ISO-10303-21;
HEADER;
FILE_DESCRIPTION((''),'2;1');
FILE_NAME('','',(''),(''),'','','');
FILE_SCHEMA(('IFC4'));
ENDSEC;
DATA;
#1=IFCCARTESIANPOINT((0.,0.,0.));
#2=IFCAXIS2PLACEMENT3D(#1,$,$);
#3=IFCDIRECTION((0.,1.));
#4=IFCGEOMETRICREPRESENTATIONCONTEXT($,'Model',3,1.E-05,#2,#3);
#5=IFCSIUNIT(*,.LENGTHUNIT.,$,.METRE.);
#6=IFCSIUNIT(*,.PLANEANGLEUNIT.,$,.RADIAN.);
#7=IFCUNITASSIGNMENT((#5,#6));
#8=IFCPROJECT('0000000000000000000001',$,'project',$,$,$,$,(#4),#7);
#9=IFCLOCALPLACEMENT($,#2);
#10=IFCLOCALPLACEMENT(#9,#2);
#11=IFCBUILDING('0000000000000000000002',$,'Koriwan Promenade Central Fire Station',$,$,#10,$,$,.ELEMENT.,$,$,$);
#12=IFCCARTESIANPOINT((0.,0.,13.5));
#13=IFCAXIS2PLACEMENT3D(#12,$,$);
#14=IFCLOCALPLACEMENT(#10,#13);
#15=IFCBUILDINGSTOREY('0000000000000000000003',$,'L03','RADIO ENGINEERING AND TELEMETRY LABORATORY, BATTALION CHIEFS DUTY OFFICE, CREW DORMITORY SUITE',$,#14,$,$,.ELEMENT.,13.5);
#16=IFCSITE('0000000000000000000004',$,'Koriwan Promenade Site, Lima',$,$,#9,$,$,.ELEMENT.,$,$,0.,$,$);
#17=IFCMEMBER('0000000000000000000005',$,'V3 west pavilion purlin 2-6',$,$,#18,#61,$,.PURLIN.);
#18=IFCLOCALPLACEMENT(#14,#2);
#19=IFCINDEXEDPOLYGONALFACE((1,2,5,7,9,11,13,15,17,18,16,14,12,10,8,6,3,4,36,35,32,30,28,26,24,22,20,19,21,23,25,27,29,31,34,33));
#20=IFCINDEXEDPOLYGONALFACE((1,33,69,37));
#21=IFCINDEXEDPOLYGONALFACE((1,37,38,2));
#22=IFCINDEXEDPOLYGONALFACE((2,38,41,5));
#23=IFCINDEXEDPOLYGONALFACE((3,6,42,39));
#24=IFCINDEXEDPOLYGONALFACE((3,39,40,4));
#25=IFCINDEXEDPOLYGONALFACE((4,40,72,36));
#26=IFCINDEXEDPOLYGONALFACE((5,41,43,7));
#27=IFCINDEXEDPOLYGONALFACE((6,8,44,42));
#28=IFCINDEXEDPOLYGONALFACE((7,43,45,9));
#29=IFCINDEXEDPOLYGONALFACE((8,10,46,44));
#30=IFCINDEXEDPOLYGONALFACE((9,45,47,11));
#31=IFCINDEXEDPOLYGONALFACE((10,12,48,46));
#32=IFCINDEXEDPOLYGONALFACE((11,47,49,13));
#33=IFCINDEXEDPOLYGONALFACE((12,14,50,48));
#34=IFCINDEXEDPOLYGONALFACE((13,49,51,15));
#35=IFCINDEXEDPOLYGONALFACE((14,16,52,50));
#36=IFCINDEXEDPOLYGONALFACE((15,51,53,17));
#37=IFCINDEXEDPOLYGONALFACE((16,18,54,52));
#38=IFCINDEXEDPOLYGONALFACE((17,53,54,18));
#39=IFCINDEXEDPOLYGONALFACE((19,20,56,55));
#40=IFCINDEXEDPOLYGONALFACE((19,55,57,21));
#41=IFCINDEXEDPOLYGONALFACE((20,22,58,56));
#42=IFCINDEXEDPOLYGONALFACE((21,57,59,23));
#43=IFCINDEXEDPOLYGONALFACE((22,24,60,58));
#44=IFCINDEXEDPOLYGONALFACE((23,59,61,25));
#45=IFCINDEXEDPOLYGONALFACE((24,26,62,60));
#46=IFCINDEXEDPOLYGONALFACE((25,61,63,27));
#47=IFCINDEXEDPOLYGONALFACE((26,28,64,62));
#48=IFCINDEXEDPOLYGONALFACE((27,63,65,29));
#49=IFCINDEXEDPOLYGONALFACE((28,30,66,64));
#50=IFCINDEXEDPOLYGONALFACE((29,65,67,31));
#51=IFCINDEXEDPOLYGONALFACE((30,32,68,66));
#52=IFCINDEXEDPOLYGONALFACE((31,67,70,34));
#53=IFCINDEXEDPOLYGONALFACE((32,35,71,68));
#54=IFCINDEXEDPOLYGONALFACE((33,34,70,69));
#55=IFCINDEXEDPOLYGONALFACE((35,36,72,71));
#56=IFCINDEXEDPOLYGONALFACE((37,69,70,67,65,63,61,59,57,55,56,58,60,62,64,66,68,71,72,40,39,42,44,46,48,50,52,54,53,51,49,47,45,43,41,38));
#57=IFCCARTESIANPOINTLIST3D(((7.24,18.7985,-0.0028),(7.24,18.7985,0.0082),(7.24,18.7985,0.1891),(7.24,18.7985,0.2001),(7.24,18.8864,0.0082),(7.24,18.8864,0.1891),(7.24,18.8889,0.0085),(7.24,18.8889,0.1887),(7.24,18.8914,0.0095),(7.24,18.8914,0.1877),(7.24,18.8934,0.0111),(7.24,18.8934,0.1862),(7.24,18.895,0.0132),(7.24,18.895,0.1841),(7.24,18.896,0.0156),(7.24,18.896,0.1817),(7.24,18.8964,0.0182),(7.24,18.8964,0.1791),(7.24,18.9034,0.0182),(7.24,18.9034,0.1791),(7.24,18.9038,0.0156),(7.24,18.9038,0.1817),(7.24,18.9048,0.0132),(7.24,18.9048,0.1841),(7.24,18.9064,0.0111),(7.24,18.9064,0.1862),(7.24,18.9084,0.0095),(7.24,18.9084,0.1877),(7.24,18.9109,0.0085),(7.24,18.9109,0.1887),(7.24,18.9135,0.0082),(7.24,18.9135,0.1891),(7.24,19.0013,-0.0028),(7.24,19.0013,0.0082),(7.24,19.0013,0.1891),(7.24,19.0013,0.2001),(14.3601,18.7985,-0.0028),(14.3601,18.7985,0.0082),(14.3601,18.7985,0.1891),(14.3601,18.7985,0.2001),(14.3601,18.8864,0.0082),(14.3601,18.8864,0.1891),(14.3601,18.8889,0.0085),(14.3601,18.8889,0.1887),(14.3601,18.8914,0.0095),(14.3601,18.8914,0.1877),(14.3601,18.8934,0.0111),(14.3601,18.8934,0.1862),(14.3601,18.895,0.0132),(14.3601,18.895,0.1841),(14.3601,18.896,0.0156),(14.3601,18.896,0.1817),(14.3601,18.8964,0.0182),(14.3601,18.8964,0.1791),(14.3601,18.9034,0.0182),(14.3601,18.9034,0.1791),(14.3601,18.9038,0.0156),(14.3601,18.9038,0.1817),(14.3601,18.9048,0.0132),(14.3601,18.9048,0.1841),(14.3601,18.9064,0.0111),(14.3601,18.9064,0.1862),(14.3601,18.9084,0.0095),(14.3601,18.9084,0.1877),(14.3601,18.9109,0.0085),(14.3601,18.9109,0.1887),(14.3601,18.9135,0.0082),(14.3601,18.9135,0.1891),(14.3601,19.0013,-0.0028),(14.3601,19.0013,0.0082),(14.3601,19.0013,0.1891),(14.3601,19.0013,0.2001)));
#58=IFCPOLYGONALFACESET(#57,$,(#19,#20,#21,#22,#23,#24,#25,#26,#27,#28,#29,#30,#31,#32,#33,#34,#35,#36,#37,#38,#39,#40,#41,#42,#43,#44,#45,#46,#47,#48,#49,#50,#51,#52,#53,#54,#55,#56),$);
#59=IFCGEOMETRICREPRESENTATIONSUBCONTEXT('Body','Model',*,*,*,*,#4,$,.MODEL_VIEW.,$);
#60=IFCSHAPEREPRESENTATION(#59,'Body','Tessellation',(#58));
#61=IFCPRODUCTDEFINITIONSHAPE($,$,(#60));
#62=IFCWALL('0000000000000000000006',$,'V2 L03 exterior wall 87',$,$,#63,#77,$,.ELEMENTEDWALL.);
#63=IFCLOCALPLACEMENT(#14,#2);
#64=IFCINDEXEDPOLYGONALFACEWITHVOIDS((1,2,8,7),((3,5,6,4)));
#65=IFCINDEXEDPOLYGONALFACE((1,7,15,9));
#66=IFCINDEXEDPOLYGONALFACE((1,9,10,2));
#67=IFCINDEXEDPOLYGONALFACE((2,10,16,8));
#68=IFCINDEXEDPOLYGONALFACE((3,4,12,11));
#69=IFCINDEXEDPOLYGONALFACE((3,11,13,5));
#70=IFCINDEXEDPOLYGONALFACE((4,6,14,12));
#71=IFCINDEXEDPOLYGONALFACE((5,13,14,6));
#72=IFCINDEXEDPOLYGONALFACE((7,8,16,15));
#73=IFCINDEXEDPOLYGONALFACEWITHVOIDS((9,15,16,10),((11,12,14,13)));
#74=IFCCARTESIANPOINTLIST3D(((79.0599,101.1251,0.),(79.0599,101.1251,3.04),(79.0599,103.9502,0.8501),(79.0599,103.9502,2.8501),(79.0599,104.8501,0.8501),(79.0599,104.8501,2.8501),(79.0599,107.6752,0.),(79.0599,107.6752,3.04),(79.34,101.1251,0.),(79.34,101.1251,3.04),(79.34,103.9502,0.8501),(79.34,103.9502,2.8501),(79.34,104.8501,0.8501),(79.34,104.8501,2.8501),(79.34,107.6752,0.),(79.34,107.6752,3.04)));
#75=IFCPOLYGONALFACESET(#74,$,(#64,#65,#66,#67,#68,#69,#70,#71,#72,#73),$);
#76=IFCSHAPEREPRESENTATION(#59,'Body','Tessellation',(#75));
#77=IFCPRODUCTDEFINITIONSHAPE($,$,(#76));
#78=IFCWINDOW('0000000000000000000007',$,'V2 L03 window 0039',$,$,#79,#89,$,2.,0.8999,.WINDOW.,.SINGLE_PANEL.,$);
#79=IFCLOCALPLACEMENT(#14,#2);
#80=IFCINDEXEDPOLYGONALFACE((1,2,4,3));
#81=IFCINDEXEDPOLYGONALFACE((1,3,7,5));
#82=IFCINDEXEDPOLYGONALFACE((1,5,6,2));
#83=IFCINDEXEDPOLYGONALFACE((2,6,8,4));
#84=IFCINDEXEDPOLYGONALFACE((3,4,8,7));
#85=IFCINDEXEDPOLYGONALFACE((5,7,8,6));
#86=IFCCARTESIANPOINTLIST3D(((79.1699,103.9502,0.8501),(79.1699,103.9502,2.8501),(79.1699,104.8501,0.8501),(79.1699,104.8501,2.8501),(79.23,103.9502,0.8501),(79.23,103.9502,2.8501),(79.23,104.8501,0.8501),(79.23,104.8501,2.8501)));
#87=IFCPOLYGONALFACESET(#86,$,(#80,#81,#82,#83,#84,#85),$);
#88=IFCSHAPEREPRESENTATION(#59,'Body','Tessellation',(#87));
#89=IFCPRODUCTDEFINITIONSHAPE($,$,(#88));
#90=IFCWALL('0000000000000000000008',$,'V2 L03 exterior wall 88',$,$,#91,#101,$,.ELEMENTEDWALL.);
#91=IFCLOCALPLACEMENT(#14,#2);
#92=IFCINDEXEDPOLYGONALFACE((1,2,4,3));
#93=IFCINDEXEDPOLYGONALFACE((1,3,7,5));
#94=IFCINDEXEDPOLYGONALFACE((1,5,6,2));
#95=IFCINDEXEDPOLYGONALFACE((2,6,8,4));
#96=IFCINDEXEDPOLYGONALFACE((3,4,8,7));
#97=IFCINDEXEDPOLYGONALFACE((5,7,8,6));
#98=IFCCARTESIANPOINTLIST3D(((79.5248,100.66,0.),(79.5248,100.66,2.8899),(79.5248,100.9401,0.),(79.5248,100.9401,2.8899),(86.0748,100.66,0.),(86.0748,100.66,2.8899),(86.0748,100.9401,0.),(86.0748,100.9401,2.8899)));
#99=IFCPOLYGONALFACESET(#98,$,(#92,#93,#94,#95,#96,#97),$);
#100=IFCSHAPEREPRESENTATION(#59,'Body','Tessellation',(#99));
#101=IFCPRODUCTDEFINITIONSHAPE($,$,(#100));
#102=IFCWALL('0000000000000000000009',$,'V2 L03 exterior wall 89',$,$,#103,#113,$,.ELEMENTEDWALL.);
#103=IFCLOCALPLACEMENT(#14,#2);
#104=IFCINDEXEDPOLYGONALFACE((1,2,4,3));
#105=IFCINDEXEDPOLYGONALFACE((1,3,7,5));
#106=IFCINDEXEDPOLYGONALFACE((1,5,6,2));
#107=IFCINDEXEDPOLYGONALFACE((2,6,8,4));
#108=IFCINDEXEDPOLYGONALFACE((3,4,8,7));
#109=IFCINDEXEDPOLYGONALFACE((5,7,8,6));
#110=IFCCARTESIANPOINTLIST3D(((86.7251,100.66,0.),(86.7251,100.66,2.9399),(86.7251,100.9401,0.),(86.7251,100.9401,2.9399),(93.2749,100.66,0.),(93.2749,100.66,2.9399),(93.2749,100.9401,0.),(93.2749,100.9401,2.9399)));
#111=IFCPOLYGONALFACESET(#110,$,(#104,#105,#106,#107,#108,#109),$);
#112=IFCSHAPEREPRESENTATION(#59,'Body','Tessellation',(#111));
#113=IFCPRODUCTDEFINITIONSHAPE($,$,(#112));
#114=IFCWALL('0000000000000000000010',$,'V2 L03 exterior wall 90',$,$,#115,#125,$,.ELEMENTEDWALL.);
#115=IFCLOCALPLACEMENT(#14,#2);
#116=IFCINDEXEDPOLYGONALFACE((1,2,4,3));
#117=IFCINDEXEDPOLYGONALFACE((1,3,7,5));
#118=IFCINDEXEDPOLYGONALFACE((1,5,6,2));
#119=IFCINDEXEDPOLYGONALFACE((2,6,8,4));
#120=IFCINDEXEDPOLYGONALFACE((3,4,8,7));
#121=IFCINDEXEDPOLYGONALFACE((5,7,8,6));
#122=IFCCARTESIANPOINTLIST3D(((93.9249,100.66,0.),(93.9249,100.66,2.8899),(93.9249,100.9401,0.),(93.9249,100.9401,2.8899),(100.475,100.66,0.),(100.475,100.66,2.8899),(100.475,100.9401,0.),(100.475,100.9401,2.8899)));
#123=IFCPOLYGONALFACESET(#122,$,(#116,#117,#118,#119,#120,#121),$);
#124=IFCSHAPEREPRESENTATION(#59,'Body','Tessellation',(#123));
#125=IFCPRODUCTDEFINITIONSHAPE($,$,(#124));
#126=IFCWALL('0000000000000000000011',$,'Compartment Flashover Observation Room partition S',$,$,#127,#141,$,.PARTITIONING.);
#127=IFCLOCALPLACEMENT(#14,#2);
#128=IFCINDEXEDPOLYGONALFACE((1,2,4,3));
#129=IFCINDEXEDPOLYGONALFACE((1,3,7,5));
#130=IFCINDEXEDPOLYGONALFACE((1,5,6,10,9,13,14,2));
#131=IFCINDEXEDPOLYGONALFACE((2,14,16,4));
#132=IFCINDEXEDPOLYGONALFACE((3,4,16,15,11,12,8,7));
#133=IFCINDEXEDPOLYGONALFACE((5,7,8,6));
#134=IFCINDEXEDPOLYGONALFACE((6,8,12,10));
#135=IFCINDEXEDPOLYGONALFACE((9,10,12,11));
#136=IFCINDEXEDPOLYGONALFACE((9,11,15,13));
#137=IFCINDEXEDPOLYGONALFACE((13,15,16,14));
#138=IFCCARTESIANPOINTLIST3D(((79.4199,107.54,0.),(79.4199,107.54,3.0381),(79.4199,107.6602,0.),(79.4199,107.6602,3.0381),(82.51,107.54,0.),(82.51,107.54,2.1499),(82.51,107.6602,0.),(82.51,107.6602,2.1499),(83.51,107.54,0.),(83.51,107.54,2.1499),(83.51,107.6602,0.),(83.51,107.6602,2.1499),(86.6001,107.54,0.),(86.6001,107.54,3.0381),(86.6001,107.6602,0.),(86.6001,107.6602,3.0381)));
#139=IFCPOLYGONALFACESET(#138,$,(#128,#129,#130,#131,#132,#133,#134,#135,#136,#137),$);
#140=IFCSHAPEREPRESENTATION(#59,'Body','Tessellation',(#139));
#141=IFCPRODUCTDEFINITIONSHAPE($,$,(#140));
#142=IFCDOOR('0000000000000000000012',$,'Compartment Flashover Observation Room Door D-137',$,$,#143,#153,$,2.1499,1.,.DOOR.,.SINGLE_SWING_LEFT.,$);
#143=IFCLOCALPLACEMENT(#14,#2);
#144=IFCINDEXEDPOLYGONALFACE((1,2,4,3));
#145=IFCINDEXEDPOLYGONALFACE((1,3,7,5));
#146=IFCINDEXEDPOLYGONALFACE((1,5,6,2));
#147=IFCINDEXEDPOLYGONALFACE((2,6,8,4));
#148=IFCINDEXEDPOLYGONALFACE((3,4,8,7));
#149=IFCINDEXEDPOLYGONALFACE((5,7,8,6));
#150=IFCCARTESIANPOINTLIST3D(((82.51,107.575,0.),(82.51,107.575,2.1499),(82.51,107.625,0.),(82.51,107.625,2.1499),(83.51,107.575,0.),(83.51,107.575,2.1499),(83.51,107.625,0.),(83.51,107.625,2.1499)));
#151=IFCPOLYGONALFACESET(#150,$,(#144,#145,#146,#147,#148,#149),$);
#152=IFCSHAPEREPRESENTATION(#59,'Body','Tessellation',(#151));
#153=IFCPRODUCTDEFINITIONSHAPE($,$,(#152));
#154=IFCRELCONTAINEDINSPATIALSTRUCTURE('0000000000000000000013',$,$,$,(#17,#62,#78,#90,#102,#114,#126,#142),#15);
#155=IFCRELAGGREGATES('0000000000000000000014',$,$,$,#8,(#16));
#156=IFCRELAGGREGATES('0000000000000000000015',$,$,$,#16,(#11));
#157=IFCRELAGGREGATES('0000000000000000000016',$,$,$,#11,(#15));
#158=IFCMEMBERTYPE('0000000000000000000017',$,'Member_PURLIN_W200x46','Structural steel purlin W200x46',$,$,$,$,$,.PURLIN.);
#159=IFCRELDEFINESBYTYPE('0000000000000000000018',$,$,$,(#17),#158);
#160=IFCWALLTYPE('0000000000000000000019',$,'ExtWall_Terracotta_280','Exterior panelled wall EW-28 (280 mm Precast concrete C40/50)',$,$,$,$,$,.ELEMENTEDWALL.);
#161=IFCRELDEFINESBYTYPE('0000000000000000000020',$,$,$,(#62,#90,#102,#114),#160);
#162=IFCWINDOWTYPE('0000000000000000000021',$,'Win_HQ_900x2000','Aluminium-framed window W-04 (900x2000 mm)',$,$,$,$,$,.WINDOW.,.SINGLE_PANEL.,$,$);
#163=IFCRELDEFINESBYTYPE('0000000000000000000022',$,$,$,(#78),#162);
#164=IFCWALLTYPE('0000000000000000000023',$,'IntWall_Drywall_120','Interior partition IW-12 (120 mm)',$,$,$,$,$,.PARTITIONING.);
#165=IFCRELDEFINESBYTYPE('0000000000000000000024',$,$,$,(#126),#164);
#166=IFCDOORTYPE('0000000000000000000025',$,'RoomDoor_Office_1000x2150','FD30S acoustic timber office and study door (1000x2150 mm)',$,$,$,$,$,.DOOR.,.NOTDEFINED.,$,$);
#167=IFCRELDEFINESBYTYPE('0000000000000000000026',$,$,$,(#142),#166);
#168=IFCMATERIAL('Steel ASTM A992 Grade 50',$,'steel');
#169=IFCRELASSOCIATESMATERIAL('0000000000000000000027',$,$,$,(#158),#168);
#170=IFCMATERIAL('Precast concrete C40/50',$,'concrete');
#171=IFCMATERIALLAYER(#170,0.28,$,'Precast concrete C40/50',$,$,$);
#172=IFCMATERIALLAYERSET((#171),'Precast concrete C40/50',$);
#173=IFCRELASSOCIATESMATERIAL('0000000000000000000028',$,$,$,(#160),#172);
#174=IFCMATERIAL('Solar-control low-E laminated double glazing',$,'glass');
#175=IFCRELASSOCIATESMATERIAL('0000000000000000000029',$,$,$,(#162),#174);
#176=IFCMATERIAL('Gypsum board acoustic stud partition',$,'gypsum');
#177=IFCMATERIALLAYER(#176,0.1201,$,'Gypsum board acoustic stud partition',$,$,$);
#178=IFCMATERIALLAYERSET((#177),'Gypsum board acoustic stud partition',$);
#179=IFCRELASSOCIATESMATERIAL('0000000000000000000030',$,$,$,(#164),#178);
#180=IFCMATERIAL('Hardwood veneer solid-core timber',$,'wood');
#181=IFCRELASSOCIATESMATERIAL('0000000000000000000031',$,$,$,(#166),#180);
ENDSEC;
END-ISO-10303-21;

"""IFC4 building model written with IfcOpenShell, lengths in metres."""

from ifc_helpers import new_model, si_unit, direction, frame, frame_2d, origin, origin_2d, place, context, subcontext, project, spatial, rectangle, i_section, extrude, material, layer, layer_set, material_profile, profile_set, type_object, element, fill, save


model = new_model("IFC4")

# Units and contexts
model_context = context("Model", 3, precision=1e-05, world=origin(), true_north=direction((0.0, 1.0)))
body_context = subcontext(model_context, "Body", "Model", "MODEL_VIEW")
ifc_project = project(units=[si_unit("LENGTHUNIT", "METRE"), si_unit("PLANEANGLEUNIT", "RADIAN")], contexts=[model_context])

# Site, building, storey
site_placement = place(None, origin())
site = spatial("IfcSite", under=ifc_project, at=site_placement, Name="Koriwan Promenade Site, Lima", CompositionType="ELEMENT", RefElevation=0.0)
building_placement = place(site_placement, origin())
building = spatial("IfcBuilding", under=site, at=building_placement, Name="Koriwan Promenade Central Fire Station", CompositionType="ELEMENT")
storey_placement = place(building_placement, frame((0.0, 0.0, 13.5)))
storey = spatial("IfcBuildingStorey", under=building, at=storey_placement, Name="L03", Description="RADIO ENGINEERING AND TELEMETRY LABORATORY, BATTALION CHIEFS DUTY OFFICE, CREW DORMITORY SUITE", CompositionType="ELEMENT", Elevation=13.5)

# Member
ifc_material_1 = material(Name="Steel ASTM A992 Grade 50", Category="steel")
ifc_material_profile_1 = material_profile(ifc_material_1, i_section(OverallWidth=0.2029, OverallDepth=0.2029, WebThickness=0.0071, FlangeThickness=0.011, FilletRadius=0.01, at=origin_2d()), Name="W200x46")
ifc_profile_set_1 = profile_set([ifc_material_profile_1], Name="Steel ASTM A992 Grade 50")
member_type = type_object("IfcMemberType", Name="Member_PURLIN_W200x46", Description="Structural steel purlin W200x46", PredefinedType="PURLIN", material=ifc_profile_set_1)
member_placement = place(storey_placement, frame((7.24, 18.8999, 0.0986), z_axis=(1.0, 0.0, 0.0), x_axis=(0.0, 1.0, 0.0)))
element("IfcMember", 1, at=member_placement, inside=storey, type_object=member_type, Name="V3 west pavilion purlin 2-6", PredefinedType="PURLIN", context=body_context, shape_type="SweptSolid", body=[
    extrude(i_section(OverallWidth=0.2029, OverallDepth=0.2029, WebThickness=0.0071, FlangeThickness=0.011, FilletRadius=0.01, at=origin_2d()), origin(), (0.0, 0.0, 1.0), 7.1201),
])

# Wall, opening, window
ifc_material_2 = material(Name="Precast concrete C40/50", Category="concrete")
ifc_layer_1 = layer(ifc_material_2, 0.28, Name="Precast concrete C40/50")
ifc_layer_set_1 = layer_set([ifc_layer_1], Name="Precast concrete C40/50")
wall_type_1 = type_object("IfcWallType", Name="ExtWall_Terracotta_280", Description="Exterior panelled wall EW-28 (280 mm Precast concrete C40/50)", PredefinedType="ELEMENTEDWALL", material=ifc_layer_set_1)
wall_1_placement = place(storey_placement, frame((79.2, 107.675, 0.0), z_axis=(0.0, 0.0, 1.0), x_axis=(0.0, -1.0, 0.0)))
wall_1 = element("IfcWall", 2, at=wall_1_placement, inside=storey, type_object=wall_type_1, Name="V2 L03 exterior wall 87", PredefinedType="ELEMENTEDWALL", context=body_context, shape_type="SweptSolid", body=[
    extrude(rectangle(XDim=6.55, YDim=0.28, at=frame_2d((3.2749, 0.0))), origin(), (0.0, 0.0, 1.0), 3.04),
])
opening_1_placement = place(wall_1_placement, frame((2.825, 0.0, 0.8501)))
opening_1 = element("IfcOpeningElement", 3, at=opening_1_placement, cuts=wall_1, PredefinedType="OPENING", context=body_context, shape_type="SweptSolid", body=[
    extrude(rectangle(XDim=0.8999, YDim=2.0, at=frame_2d((0.45, 1.0))), frame((0.0, 0.1519, 0.0), z_axis=(0.0, -1.0, 0.0), x_axis=(1.0, 0.0, 0.0)), (0.0, 0.0, 1.0), 0.304),
])
ifc_material_3 = material(Name="Solar-control low-E laminated double glazing", Category="glass")
window_type = type_object("IfcWindowType", Name="Win_HQ_900x2000", Description="Aluminium-framed window W-04 (900x2000 mm)", PartitioningType="SINGLE_PANEL", PredefinedType="WINDOW", material=ifc_material_3)
window_placement = place(opening_1_placement, origin())
window = element("IfcWindow", 4, at=window_placement, inside=storey, type_object=window_type, Name="V2 L03 window 0039", OverallHeight=2.0, OverallWidth=0.8999, PartitioningType="SINGLE_PANEL", PredefinedType="WINDOW", context=body_context, shape_type="SweptSolid", body=[
    extrude(rectangle(XDim=0.8999, YDim=2.0, at=frame_2d((0.45, 1.0))), frame((0.0, 0.03, 0.0), z_axis=(0.0, -1.0, 0.0), x_axis=(1.0, 0.0, 0.0)), (0.0, 0.0, 1.0), 0.0601),
])
fill(opening_1, window)

# Walls
wall_2_placement = place(storey_placement, frame((79.5249, 100.8, 0.0), z_axis=(0.0, 0.0, 1.0), x_axis=(1.0, 0.0, 0.0)))
element("IfcWall", 5, at=wall_2_placement, inside=storey, type_object=wall_type_1, Name="V2 L03 exterior wall 88", PredefinedType="ELEMENTEDWALL", context=body_context, shape_type="SweptSolid", body=[
    extrude(rectangle(XDim=6.55, YDim=0.28, at=frame_2d((3.2749, 0.0))), origin(), (0.0, 0.0, 1.0), 2.8899),
])
wall_3_placement = place(storey_placement, frame((86.7251, 100.8, 0.0), z_axis=(0.0, 0.0, 1.0), x_axis=(1.0, 0.0, 0.0)))
element("IfcWall", 6, at=wall_3_placement, inside=storey, type_object=wall_type_1, Name="V2 L03 exterior wall 89", PredefinedType="ELEMENTEDWALL", context=body_context, shape_type="SweptSolid", body=[
    extrude(rectangle(XDim=6.5498, YDim=0.28, at=frame_2d((3.2749, 0.0))), origin(), (0.0, 0.0, 1.0), 2.9399),
])
wall_4_placement = place(storey_placement, frame((93.925, 100.8, 0.0), z_axis=(0.0, 0.0, 1.0), x_axis=(1.0, 0.0, 0.0)))
element("IfcWall", 7, at=wall_4_placement, inside=storey, type_object=wall_type_1, Name="V2 L03 exterior wall 90", PredefinedType="ELEMENTEDWALL", context=body_context, shape_type="SweptSolid", body=[
    extrude(rectangle(XDim=6.55, YDim=0.28, at=frame_2d((3.2749, 0.0))), origin(), (0.0, 0.0, 1.0), 2.8899),
])

# Wall, opening, door
ifc_material_4 = material(Name="Gypsum board acoustic stud partition", Category="gypsum")
ifc_layer_2 = layer(ifc_material_4, 0.1201, Name="Gypsum board acoustic stud partition")
ifc_layer_set_2 = layer_set([ifc_layer_2], Name="Gypsum board acoustic stud partition")
wall_type_2 = type_object("IfcWallType", Name="IntWall_Drywall_120", Description="Interior partition IW-12 (120 mm)", PredefinedType="PARTITIONING", material=ifc_layer_set_2)
wall_5_placement = place(storey_placement, frame((79.4199, 107.6001, 0.0), z_axis=(0.0, 0.0, 1.0), x_axis=(1.0, 0.0, 0.0)))
wall_5 = element("IfcWall", 8, at=wall_5_placement, inside=storey, type_object=wall_type_2, Name="Compartment Flashover Observation Room partition S", PredefinedType="PARTITIONING", context=body_context, shape_type="SweptSolid", body=[
    extrude(rectangle(XDim=7.1802, YDim=0.1201, at=frame_2d((3.5901, 0.0))), origin(), (0.0, 0.0, 1.0), 3.0381),
])
opening_2_placement = place(wall_5_placement, frame((3.0901, 0.0, 0.0)))
opening_2 = element("IfcOpeningElement", 9, at=opening_2_placement, cuts=wall_5, PredefinedType="OPENING", context=body_context, shape_type="SweptSolid", body=[
    extrude(rectangle(XDim=1.0, YDim=2.1499, at=frame_2d((0.5, 1.075))), frame((0.0, 0.072, 0.0), z_axis=(0.0, -1.0, 0.0), x_axis=(1.0, 0.0, 0.0)), (0.0, 0.0, 1.0), 0.144),
])
ifc_material_5 = material(Name="Hardwood veneer solid-core timber", Category="wood")
door_type_1 = type_object("IfcDoorType", Name="RoomDoor_Office_1000x2150", Description="FD30S acoustic timber office and study door (1000x2150 mm)", OperationType="NOTDEFINED", PredefinedType="DOOR", material=ifc_material_5)
door_1_placement = place(opening_2_placement, origin())
door_1 = element("IfcDoor", 10, at=door_1_placement, inside=storey, type_object=door_type_1, Name="Compartment Flashover Observation Room Door D-137", OperationType="SINGLE_SWING_LEFT", OverallHeight=2.1499, OverallWidth=1.0, PredefinedType="DOOR", context=body_context, shape_type="SweptSolid", body=[
    extrude(rectangle(XDim=1.0, YDim=2.1499, at=frame_2d((0.5, 1.075))), frame((0.0, 0.0249, 0.0), z_axis=(0.0, -1.0, 0.0), x_axis=(1.0, 0.0, 0.0)), (0.0, 0.0, 1.0), 0.05),
])
fill(opening_2, door_1)

save(model, "model.ifc")
